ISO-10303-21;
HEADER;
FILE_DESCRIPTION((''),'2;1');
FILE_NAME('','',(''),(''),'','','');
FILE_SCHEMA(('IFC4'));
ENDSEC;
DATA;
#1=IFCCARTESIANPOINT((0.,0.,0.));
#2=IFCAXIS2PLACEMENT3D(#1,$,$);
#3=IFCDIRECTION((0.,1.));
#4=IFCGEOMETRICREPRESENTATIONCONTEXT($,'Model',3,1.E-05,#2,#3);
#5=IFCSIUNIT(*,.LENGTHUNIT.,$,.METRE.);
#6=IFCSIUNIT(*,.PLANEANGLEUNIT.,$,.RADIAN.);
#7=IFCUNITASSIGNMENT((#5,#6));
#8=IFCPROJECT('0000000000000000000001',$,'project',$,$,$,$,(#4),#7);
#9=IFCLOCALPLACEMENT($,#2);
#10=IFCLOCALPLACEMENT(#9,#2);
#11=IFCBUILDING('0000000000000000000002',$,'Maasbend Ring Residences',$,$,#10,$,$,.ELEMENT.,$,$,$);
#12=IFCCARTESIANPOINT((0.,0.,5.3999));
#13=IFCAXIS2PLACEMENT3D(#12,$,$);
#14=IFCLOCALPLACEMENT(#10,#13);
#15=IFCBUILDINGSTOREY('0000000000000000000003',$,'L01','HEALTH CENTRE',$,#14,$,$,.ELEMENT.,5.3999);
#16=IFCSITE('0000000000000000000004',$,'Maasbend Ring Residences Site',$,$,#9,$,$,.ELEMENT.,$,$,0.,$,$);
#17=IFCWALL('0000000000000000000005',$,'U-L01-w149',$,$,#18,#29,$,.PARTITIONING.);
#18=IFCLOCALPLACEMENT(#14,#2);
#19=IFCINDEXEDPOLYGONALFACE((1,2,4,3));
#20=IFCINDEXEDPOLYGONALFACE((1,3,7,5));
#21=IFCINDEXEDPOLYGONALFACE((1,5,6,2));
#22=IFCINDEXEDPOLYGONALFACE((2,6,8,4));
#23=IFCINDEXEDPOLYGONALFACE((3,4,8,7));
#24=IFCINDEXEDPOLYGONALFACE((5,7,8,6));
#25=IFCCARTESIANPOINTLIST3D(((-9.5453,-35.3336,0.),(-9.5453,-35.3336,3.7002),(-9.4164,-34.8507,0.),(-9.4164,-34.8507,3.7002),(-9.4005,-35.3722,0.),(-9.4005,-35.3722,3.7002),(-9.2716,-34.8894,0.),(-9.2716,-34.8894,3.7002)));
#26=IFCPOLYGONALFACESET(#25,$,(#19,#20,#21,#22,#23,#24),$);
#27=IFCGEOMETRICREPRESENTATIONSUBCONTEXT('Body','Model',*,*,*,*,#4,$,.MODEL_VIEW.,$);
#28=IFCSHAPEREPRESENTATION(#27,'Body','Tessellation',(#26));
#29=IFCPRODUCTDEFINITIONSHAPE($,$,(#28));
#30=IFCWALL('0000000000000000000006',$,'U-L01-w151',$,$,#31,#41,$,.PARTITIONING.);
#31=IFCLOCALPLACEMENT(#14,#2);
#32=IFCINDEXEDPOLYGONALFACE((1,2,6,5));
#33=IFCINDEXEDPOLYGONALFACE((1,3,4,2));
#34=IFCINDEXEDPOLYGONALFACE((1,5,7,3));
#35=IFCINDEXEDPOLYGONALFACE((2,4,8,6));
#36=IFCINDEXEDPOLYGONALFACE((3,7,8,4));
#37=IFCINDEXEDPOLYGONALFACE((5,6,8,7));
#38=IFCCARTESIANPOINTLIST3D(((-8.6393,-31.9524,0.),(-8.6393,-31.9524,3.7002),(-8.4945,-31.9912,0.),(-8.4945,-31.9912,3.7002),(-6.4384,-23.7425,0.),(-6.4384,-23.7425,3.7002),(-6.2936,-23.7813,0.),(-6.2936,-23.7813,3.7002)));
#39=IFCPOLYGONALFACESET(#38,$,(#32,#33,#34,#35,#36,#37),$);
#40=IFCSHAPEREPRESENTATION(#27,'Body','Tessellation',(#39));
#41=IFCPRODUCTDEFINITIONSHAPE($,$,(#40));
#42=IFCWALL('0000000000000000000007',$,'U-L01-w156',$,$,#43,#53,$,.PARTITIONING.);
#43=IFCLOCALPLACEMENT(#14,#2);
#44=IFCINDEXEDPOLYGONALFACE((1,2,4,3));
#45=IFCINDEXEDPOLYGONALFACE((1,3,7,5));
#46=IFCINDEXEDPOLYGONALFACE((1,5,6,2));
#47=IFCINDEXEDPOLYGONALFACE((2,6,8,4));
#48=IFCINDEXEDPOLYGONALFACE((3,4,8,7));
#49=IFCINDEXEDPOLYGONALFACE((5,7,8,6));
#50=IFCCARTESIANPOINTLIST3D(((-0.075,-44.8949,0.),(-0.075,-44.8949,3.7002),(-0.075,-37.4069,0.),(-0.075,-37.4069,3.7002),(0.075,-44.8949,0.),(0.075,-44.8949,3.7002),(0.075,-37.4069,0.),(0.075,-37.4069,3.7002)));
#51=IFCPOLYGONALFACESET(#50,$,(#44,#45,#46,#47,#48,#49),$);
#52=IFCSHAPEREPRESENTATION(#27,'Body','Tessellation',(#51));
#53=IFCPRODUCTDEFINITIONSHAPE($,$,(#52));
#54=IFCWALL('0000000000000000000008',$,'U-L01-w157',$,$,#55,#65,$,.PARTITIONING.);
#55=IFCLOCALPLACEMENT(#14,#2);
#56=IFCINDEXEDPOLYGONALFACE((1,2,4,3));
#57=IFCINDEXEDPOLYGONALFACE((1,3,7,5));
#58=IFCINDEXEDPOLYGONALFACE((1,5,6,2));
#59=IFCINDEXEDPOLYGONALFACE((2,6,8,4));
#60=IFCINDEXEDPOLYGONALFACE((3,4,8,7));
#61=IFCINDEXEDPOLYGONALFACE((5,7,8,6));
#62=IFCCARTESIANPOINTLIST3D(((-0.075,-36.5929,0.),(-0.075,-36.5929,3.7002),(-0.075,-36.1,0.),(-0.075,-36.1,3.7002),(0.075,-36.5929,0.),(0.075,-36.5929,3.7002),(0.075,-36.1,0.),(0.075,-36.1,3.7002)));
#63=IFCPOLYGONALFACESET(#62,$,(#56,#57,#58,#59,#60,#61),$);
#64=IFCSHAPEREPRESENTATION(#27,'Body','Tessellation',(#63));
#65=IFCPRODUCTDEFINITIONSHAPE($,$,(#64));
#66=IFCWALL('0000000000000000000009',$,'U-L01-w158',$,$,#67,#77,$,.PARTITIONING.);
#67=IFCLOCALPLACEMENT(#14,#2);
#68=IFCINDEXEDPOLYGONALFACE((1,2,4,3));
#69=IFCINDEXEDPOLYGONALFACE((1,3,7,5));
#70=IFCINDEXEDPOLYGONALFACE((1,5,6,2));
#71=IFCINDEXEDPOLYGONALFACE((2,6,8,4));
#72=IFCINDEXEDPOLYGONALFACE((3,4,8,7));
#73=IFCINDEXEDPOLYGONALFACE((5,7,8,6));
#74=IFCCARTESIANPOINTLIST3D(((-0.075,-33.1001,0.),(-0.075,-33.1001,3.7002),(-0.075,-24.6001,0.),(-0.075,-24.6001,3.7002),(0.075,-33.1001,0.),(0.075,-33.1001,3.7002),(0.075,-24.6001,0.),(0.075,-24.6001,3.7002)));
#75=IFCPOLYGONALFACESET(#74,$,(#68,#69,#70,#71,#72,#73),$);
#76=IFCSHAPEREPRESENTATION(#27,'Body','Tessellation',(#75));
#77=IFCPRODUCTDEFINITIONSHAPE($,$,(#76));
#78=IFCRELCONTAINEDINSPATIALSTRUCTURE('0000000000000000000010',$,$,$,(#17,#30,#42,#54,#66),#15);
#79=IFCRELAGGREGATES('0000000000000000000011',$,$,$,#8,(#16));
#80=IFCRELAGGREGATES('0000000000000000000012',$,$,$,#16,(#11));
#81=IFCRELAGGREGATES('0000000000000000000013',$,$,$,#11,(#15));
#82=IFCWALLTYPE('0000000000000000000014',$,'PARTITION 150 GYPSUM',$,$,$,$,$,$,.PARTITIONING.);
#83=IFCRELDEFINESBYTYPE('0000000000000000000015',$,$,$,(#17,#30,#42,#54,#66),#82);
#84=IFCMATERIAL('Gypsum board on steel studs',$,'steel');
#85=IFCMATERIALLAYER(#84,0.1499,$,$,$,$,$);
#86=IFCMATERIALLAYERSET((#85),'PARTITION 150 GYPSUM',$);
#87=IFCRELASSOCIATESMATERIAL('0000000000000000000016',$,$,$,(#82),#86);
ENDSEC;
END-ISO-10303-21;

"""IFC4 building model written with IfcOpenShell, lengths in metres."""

from ifc_helpers import new_model, si_unit, direction, frame, frame_2d, origin, place, context, subcontext, project, spatial, rectangle, extrude, material, layer, layer_set, type_object, element, save


model = new_model("IFC4")

# Units and contexts
model_context = context("Model", 3, precision=1e-05, world=origin(), true_north=direction((0.0, 1.0)))
body_context = subcontext(model_context, "Body", "Model", "MODEL_VIEW")
ifc_project = project(units=[si_unit("LENGTHUNIT", "METRE"), si_unit("PLANEANGLEUNIT", "RADIAN")], contexts=[model_context])

# Site, building, storey
site_placement = place(None, origin())
site = spatial("IfcSite", under=ifc_project, at=site_placement, Name="Maasbend Ring Residences Site", CompositionType="ELEMENT", RefElevation=0.0)
building_placement = place(site_placement, origin())
building = spatial("IfcBuilding", under=site, at=building_placement, Name="Maasbend Ring Residences", CompositionType="ELEMENT")
storey_placement = place(building_placement, frame((0.0, 0.0, 5.3999)))
storey = spatial("IfcBuildingStorey", under=building, at=storey_placement, Name="L01", Description="HEALTH CENTRE", CompositionType="ELEMENT", Elevation=5.3999)

# Walls
ifc_material_1 = material(Name="Gypsum board on steel studs", Category="steel")
ifc_layer_1 = layer(ifc_material_1, 0.1499)
ifc_layer_set_1 = layer_set([ifc_layer_1], Name="PARTITION 150 GYPSUM")
wall_type_1 = type_object("IfcWallType", Name="PARTITION 150 GYPSUM", PredefinedType="PARTITIONING", material=ifc_layer_set_1)
wall_1_placement = place(storey_placement, frame((-9.4729, -35.353, 0.0), z_axis=(0.0, 0.0, 1.0), x_axis=(0.257906, 0.96617, 0.0)))
element("IfcWall", 1, at=wall_1_placement, inside=storey, type_object=wall_type_1, Name="U-L01-w149", PredefinedType="PARTITIONING", context=body_context, shape_type="SweptSolid", body=[
    extrude(rectangle(XDim=0.4998, YDim=0.1499, at=frame_2d((0.25, 0.0))), origin(), (0.0, 0.0, 1.0), 3.7002),
])
wall_2_placement = place(storey_placement, frame((-8.5669, -31.9719, 0.0), z_axis=(0.0, 0.0, 1.0), x_axis=(0.258937, 0.965894, 0.0)))
element("IfcWall", 2, at=wall_2_placement, inside=storey, type_object=wall_type_1, Name="U-L01-w151", PredefinedType="PARTITIONING", context=body_context, shape_type="SweptSolid", body=[
    extrude(rectangle(XDim=8.4998, YDim=0.1499, at=frame_2d((4.25, 0.0))), origin(), (0.0, 0.0, 1.0), 3.7002),
])
wall_3_placement = place(storey_placement, frame((0.0, -44.895, 0.0), z_axis=(0.0, 0.0, 1.0), x_axis=(0.0, 1.0, 0.0)))
element("IfcWall", 3, at=wall_3_placement, inside=storey, type_object=wall_type_1, Name="U-L01-w156", PredefinedType="PARTITIONING", context=body_context, shape_type="SweptSolid", body=[
    extrude(rectangle(XDim=7.488, YDim=0.1499, at=frame_2d((3.7441, 0.0))), origin(), (0.0, 0.0, 1.0), 3.7002),
])
wall_4_placement = place(storey_placement, frame((0.0, -36.593, 0.0), z_axis=(0.0, 0.0, 1.0), x_axis=(0.0, 1.0, 0.0)))
element("IfcWall", 4, at=wall_4_placement, inside=storey, type_object=wall_type_1, Name="U-L01-w157", PredefinedType="PARTITIONING", context=body_context, shape_type="SweptSolid", body=[
    extrude(rectangle(XDim=0.4929, YDim=0.1499, at=frame_2d((0.2466, 0.0))), origin(), (0.0, 0.0, 1.0), 3.7002),
])
wall_5_placement = place(storey_placement, frame((0.0, -33.1001, 0.0), z_axis=(0.0, 0.0, 1.0), x_axis=(0.0, 1.0, 0.0)))
element("IfcWall", 5, at=wall_5_placement, inside=storey, type_object=wall_type_1, Name="U-L01-w158", PredefinedType="PARTITIONING", context=body_context, shape_type="SweptSolid", body=[
    extrude(rectangle(XDim=8.5, YDim=0.1499, at=frame_2d((4.25, 0.0))), origin(), (0.0, 0.0, 1.0), 3.7002),
])

save(model, "model.ifc")
